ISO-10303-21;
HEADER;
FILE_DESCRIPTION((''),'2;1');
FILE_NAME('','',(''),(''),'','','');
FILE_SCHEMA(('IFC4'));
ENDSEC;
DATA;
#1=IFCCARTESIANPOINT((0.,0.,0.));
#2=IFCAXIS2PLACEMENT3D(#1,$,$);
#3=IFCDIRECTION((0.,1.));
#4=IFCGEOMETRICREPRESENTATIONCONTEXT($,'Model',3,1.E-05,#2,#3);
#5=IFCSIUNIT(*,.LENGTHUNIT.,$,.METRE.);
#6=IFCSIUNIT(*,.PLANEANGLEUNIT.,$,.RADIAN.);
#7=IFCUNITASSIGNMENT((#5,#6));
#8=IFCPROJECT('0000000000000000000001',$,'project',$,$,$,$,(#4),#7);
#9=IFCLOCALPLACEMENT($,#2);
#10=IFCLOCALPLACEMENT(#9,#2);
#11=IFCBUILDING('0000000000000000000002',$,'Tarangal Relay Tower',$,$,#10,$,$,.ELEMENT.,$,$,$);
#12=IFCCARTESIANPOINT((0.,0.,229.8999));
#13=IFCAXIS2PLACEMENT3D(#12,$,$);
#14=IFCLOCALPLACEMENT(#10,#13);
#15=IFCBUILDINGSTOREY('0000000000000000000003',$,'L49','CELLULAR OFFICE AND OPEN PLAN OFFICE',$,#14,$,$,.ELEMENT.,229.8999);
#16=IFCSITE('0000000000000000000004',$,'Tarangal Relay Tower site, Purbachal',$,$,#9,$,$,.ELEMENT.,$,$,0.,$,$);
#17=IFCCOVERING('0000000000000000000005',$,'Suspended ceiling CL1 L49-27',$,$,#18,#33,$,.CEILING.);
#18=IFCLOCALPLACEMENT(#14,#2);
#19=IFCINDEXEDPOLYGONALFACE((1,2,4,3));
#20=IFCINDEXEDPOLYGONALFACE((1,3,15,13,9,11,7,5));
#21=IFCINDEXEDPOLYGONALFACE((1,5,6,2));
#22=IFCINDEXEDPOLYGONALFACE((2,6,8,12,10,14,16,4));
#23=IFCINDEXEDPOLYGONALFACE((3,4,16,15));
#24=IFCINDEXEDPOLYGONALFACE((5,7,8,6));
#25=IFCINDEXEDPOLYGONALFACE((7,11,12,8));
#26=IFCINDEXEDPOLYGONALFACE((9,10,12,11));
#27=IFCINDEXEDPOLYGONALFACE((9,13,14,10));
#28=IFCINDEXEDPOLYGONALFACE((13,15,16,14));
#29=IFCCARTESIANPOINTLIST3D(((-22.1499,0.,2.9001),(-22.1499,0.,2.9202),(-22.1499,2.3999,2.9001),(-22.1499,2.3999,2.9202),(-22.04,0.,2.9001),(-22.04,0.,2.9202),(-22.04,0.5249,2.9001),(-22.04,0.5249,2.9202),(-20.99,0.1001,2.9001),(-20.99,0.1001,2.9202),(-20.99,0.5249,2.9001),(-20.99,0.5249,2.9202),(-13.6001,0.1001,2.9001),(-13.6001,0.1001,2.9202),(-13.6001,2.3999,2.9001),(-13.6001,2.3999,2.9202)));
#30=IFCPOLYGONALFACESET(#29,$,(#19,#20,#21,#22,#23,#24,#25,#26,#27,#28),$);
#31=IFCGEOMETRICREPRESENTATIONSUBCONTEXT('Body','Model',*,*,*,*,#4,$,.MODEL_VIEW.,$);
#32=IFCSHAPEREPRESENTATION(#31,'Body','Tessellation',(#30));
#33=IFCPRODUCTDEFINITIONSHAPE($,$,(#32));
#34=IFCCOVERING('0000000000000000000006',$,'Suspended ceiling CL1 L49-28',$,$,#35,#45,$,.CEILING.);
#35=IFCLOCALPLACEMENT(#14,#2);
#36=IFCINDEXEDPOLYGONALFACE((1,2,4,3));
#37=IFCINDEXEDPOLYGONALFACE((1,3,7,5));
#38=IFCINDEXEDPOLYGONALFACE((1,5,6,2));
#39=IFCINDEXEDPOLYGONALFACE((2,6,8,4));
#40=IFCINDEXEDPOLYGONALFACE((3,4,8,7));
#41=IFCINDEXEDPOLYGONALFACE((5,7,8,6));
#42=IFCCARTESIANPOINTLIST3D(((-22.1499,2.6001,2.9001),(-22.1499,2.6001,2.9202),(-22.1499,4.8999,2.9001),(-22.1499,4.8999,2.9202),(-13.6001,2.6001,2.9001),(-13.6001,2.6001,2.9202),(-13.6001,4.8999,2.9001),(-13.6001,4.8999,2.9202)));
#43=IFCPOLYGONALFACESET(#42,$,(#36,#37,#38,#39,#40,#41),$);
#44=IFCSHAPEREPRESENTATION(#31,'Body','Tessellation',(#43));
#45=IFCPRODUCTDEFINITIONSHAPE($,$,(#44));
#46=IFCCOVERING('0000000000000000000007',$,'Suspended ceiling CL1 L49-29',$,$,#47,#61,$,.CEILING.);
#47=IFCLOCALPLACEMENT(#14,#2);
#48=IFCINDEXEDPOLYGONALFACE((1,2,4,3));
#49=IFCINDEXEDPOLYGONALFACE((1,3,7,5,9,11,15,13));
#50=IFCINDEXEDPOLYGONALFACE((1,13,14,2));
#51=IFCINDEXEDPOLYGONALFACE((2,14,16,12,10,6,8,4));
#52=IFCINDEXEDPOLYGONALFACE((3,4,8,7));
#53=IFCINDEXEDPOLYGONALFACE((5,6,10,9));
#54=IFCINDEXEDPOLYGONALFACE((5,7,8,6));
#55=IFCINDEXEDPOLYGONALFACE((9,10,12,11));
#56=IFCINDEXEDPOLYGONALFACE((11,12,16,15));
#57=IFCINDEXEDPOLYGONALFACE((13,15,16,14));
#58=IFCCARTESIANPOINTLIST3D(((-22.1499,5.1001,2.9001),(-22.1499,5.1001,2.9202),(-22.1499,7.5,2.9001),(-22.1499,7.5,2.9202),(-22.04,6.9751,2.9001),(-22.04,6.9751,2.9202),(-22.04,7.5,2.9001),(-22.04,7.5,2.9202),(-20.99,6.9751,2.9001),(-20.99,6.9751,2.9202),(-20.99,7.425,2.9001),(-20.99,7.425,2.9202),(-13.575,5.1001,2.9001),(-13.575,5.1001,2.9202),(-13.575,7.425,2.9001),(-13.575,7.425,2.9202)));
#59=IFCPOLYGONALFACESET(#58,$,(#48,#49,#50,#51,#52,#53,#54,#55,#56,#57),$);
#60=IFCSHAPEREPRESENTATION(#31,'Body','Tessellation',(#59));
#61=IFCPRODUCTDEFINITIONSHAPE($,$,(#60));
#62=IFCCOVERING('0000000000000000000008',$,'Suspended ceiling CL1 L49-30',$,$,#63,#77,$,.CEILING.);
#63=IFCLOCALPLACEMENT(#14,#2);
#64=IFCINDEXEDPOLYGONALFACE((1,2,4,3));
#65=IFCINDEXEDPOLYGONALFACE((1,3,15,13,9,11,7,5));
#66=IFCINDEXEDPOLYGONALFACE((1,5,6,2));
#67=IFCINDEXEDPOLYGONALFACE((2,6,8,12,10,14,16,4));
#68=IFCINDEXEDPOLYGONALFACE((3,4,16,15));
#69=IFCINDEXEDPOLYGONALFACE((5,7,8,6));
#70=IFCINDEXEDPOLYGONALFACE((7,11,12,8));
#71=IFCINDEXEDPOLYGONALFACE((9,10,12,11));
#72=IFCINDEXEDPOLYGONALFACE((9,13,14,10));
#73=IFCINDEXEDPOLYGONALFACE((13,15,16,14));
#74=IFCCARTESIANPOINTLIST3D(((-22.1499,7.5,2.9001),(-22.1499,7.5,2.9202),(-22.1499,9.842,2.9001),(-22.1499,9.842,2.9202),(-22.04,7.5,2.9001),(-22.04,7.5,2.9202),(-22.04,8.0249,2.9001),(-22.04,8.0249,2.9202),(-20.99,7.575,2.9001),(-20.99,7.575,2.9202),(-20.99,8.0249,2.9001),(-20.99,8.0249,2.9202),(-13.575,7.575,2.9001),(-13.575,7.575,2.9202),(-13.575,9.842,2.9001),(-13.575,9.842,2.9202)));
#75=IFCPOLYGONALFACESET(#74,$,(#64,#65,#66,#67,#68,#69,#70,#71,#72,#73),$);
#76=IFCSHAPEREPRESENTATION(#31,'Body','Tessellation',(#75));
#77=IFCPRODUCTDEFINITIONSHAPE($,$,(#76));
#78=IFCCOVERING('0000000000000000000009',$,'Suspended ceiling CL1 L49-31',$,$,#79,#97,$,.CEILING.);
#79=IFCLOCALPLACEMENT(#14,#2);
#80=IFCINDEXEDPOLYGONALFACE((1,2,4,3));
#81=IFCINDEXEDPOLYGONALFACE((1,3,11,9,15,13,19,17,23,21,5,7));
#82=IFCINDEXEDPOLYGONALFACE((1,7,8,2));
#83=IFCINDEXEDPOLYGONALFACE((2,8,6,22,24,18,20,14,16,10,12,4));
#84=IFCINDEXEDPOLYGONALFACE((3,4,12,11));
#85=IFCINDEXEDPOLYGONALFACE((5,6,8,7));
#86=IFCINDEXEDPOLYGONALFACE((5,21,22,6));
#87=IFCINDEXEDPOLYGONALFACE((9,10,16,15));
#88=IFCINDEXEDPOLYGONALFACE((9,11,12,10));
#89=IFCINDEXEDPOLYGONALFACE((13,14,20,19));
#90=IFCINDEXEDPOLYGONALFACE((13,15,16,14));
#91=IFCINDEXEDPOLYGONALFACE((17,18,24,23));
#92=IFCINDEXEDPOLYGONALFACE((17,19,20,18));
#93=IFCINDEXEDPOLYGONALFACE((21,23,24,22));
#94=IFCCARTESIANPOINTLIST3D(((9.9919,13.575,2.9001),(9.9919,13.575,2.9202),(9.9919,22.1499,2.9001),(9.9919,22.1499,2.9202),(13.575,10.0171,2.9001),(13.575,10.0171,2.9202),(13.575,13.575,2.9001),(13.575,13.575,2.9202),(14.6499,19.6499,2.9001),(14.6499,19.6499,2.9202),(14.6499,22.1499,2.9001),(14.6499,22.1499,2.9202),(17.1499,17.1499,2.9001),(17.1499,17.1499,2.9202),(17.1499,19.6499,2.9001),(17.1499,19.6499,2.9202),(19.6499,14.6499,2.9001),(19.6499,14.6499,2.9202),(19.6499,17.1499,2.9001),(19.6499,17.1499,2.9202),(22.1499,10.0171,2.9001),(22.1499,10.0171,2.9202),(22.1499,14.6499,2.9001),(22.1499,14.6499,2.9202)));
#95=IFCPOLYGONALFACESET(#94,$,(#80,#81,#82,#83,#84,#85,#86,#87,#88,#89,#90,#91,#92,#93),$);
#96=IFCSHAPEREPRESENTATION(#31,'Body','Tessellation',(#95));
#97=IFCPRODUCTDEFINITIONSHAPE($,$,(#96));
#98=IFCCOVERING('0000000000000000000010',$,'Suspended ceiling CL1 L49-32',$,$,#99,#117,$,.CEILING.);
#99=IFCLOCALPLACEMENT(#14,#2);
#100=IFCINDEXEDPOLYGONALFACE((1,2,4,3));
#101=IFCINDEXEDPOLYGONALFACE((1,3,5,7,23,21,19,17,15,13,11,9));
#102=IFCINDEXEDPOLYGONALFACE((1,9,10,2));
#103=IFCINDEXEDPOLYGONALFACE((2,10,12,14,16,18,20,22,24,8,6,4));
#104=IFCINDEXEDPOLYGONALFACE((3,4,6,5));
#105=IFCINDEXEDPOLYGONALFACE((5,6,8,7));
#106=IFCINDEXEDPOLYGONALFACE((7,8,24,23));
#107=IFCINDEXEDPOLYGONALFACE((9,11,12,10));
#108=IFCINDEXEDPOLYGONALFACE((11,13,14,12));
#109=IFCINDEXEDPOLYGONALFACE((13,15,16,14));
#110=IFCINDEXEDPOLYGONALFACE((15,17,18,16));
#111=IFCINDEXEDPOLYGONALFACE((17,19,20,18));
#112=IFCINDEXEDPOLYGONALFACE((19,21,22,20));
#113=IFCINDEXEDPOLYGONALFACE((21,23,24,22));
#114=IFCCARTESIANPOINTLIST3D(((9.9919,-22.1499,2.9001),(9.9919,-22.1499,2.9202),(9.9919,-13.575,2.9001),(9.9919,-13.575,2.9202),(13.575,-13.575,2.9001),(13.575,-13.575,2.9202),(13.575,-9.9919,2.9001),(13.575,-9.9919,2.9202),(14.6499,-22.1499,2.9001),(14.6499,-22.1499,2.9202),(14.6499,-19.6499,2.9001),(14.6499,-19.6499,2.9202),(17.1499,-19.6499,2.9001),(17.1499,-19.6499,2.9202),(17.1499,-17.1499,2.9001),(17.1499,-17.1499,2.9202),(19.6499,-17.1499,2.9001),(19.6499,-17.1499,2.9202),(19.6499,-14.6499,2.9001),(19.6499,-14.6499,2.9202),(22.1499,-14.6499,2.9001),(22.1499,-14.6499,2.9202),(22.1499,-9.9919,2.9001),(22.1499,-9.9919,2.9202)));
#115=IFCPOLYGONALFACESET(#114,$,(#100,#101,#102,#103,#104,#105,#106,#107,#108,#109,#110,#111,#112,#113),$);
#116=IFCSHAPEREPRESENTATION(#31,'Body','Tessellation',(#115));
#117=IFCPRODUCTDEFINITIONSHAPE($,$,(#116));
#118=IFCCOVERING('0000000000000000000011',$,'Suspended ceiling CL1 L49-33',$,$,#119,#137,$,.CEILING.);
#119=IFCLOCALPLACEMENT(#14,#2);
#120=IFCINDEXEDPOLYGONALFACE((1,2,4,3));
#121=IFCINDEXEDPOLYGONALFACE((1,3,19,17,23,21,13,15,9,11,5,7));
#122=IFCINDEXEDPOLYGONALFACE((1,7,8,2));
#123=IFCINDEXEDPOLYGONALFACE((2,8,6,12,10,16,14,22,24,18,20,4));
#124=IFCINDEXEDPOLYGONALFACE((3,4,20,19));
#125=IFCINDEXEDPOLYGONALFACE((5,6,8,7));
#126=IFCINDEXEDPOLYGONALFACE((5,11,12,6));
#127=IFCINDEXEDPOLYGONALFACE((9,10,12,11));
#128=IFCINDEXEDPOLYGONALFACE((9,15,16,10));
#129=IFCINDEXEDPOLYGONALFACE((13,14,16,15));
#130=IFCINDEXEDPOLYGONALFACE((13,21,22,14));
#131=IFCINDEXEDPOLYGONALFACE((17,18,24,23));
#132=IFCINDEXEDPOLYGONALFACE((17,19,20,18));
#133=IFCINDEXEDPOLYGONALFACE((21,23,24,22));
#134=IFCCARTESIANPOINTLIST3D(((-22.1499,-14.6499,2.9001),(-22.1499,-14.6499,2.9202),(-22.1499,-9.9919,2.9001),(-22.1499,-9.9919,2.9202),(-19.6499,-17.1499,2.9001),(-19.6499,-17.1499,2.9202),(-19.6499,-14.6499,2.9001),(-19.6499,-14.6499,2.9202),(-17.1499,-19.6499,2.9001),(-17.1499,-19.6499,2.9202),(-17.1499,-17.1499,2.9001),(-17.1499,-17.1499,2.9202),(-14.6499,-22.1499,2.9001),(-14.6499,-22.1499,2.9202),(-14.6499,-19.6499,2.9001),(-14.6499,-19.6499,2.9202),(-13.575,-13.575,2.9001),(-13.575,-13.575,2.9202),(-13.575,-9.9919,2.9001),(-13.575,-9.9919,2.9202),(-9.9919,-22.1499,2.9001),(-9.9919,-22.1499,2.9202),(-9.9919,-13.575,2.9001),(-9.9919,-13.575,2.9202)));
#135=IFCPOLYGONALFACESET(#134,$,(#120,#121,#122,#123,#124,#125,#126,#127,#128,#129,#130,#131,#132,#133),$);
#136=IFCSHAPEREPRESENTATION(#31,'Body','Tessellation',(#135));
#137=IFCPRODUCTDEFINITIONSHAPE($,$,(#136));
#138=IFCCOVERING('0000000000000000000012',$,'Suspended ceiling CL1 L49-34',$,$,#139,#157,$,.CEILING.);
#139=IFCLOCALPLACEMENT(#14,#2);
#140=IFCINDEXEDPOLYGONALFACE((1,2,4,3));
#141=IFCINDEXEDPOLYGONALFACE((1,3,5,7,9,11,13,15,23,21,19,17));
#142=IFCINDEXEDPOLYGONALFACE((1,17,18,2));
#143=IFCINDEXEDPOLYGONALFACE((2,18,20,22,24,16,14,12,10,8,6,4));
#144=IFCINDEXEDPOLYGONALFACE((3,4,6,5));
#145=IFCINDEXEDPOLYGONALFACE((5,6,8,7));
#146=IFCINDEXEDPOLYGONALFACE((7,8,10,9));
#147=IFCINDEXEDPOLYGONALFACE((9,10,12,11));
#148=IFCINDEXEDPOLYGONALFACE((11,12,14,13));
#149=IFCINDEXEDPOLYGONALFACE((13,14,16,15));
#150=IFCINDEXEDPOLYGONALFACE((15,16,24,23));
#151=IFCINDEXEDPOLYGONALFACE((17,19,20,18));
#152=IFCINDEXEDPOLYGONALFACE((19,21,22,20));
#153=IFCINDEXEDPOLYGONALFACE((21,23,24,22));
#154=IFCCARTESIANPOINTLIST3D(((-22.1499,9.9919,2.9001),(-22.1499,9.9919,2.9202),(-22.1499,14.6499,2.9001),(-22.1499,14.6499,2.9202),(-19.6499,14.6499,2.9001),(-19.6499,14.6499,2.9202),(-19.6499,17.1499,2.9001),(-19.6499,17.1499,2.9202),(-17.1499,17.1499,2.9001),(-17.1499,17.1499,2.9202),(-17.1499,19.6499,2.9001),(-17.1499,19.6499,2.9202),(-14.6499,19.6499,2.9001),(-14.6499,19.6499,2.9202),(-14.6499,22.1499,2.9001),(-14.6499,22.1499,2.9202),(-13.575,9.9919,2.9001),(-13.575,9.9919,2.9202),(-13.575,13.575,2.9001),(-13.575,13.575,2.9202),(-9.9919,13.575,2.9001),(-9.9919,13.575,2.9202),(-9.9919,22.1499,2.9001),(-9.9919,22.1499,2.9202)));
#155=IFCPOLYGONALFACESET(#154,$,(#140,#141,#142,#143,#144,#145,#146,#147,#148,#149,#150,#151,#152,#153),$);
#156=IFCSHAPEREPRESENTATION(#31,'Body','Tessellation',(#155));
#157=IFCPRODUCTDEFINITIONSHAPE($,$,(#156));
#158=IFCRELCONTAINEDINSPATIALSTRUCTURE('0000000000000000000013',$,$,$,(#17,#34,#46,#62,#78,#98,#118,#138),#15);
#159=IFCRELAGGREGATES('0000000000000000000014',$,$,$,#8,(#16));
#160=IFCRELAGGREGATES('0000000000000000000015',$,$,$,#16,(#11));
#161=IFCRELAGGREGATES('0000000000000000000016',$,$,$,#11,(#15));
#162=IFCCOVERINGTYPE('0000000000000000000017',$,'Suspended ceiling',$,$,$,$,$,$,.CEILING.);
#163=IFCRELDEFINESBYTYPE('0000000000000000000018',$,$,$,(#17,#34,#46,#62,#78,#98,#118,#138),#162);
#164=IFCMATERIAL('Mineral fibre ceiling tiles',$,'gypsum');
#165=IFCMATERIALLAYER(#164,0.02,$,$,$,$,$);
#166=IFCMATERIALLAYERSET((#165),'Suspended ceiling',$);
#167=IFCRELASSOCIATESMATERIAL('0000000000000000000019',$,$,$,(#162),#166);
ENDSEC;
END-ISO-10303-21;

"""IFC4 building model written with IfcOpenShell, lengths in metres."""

from ifc_helpers import new_model, si_unit, direction, frame, origin, place, context, subcontext, project, spatial, polyline, outline, extrude, material, layer, layer_set, type_object, element, save


model = new_model("IFC4")

# Units and contexts
model_context = context("Model", 3, precision=1e-05, world=origin(), true_north=direction((0.0, 1.0)))
body_context = subcontext(model_context, "Body", "Model", "MODEL_VIEW")
ifc_project = project(units=[si_unit("LENGTHUNIT", "METRE"), si_unit("PLANEANGLEUNIT", "RADIAN")], contexts=[model_context])

# Site, building, storey
site_placement = place(None, origin())
site = spatial("IfcSite", under=ifc_project, at=site_placement, Name="Tarangal Relay Tower site, Purbachal", CompositionType="ELEMENT", RefElevation=0.0)
building_placement = place(site_placement, origin())
building = spatial("IfcBuilding", under=site, at=building_placement, Name="Tarangal Relay Tower", CompositionType="ELEMENT")
storey_placement = place(building_placement, frame((0.0, 0.0, 229.8999)))
storey = spatial("IfcBuildingStorey", under=building, at=storey_placement, Name="L49", Description="CELLULAR OFFICE AND OPEN PLAN OFFICE", CompositionType="ELEMENT", Elevation=229.8999)

# Coverings
ifc_material_1 = material(Name="Mineral fibre ceiling tiles", Category="gypsum")
ifc_layer_1 = layer(ifc_material_1, 0.02)
ifc_layer_set_1 = layer_set([ifc_layer_1], Name="Suspended ceiling")
covering_type = type_object("IfcCoveringType", Name="Suspended ceiling", PredefinedType="CEILING", material=ifc_layer_set_1)
covering_1_placement = place(storey_placement, frame((0.0, 0.0, 2.9001)))
element("IfcCovering", 1, at=covering_1_placement, inside=storey, type_object=covering_type, Name="Suspended ceiling CL1 L49-27", PredefinedType="CEILING", context=body_context, shape_type="SweptSolid", body=[
    extrude(outline(polyline([(-22.1499, 2.3999), (-22.1499, 0.0), (-22.04, 0.0), (-22.04, 0.5249), (-20.99, 0.5249), (-20.99, 0.1001), (-13.6001, 0.1001), (-13.6001, 2.3999), (-22.1499, 2.3999)])), origin(), (0.0, 0.0, 1.0), 0.02),
])
covering_2_placement = place(storey_placement, frame((0.0, 0.0, 2.9001)))
element("IfcCovering", 2, at=covering_2_placement, inside=storey, type_object=covering_type, Name="Suspended ceiling CL1 L49-28", PredefinedType="CEILING", context=body_context, shape_type="SweptSolid", body=[
    extrude(outline(polyline([(-22.1499, 2.6001), (-13.6001, 2.6001), (-13.6001, 4.8999), (-22.1499, 4.8999), (-22.1499, 2.6001)])), origin(), (0.0, 0.0, 1.0), 0.02),
])
covering_3_placement = place(storey_placement, frame((0.0, 0.0, 2.9001)))
element("IfcCovering", 3, at=covering_3_placement, inside=storey, type_object=covering_type, Name="Suspended ceiling CL1 L49-29", PredefinedType="CEILING", context=body_context, shape_type="SweptSolid", body=[
    extrude(outline(polyline([(-22.1499, 7.5), (-22.1499, 5.1001), (-13.575, 5.1001), (-13.575, 7.425), (-20.99, 7.425), (-20.99, 6.9751), (-22.04, 6.9751), (-22.04, 7.5), (-22.1499, 7.5)])), origin(), (0.0, 0.0, 1.0), 0.02),
])
covering_4_placement = place(storey_placement, frame((0.0, 0.0, 2.9001)))
element("IfcCovering", 4, at=covering_4_placement, inside=storey, type_object=covering_type, Name="Suspended ceiling CL1 L49-30", PredefinedType="CEILING", context=body_context, shape_type="SweptSolid", body=[
    extrude(outline(polyline([(-22.1499, 9.842), (-22.1499, 7.5), (-22.04, 7.5), (-22.04, 8.0249), (-20.99, 8.0249), (-20.99, 7.575), (-13.575, 7.575), (-13.575, 9.842), (-22.1499, 9.842)])), origin(), (0.0, 0.0, 1.0), 0.02),
])
covering_5_placement = place(storey_placement, frame((0.0, 0.0, 2.9001)))
element("IfcCovering", 5, at=covering_5_placement, inside=storey, type_object=covering_type, Name="Suspended ceiling CL1 L49-31", PredefinedType="CEILING", context=body_context, shape_type="SweptSolid", body=[
    extrude(outline(polyline([(14.6499, 22.1499), (9.9919, 22.1499), (9.9919, 13.575), (13.575, 13.575), (13.575, 10.0171), (22.1499, 10.0171), (22.1499, 14.6499), (19.6499, 14.6499), (19.6499, 17.1499), (17.1499, 17.1499), (17.1499, 19.6499), (14.6499, 19.6499), (14.6499, 22.1499)])), origin(), (0.0, 0.0, 1.0), 0.02),
])
covering_6_placement = place(storey_placement, frame((0.0, 0.0, 2.9001)))
element("IfcCovering", 6, at=covering_6_placement, inside=storey, type_object=covering_type, Name="Suspended ceiling CL1 L49-32", PredefinedType="CEILING", context=body_context, shape_type="SweptSolid", body=[
    extrude(outline(polyline([(22.1499, -14.6499), (22.1499, -9.9919), (13.575, -9.9919), (13.575, -13.575), (9.9919, -13.575), (9.9919, -22.1499), (14.6499, -22.1499), (14.6499, -19.6499), (17.1499, -19.6499), (17.1499, -17.1499), (19.6499, -17.1499), (19.6499, -14.6499), (22.1499, -14.6499)])), origin(), (0.0, 0.0, 1.0), 0.02),
])
covering_7_placement = place(storey_placement, frame((0.0, 0.0, 2.9001)))
element("IfcCovering", 7, at=covering_7_placement, inside=storey, type_object=covering_type, Name="Suspended ceiling CL1 L49-33", PredefinedType="CEILING", context=body_context, shape_type="SweptSolid", body=[
    extrude(outline(polyline([(-14.6499, -19.6499), (-14.6499, -22.1499), (-9.9919, -22.1499), (-9.9919, -13.575), (-13.575, -13.575), (-13.575, -9.9919), (-22.1499, -9.9919), (-22.1499, -14.6499), (-19.6499, -14.6499), (-19.6499, -17.1499), (-17.1499, -17.1499), (-17.1499, -19.6499), (-14.6499, -19.6499)])), origin(), (0.0, 0.0, 1.0), 0.02),
])
covering_8_placement = place(storey_placement, frame((0.0, 0.0, 2.9001)))
element("IfcCovering", 8, at=covering_8_placement, inside=storey, type_object=covering_type, Name="Suspended ceiling CL1 L49-34", PredefinedType="CEILING", context=body_context, shape_type="SweptSolid", body=[
    extrude(outline(polyline([(-19.6499, 14.6499), (-22.1499, 14.6499), (-22.1499, 9.9919), (-13.575, 9.9919), (-13.575, 13.575), (-9.9919, 13.575), (-9.9919, 22.1499), (-14.6499, 22.1499), (-14.6499, 19.6499), (-17.1499, 19.6499), (-17.1499, 17.1499), (-19.6499, 17.1499), (-19.6499, 14.6499)])), origin(), (0.0, 0.0, 1.0), 0.02),
])

save(model, "model.ifc")
